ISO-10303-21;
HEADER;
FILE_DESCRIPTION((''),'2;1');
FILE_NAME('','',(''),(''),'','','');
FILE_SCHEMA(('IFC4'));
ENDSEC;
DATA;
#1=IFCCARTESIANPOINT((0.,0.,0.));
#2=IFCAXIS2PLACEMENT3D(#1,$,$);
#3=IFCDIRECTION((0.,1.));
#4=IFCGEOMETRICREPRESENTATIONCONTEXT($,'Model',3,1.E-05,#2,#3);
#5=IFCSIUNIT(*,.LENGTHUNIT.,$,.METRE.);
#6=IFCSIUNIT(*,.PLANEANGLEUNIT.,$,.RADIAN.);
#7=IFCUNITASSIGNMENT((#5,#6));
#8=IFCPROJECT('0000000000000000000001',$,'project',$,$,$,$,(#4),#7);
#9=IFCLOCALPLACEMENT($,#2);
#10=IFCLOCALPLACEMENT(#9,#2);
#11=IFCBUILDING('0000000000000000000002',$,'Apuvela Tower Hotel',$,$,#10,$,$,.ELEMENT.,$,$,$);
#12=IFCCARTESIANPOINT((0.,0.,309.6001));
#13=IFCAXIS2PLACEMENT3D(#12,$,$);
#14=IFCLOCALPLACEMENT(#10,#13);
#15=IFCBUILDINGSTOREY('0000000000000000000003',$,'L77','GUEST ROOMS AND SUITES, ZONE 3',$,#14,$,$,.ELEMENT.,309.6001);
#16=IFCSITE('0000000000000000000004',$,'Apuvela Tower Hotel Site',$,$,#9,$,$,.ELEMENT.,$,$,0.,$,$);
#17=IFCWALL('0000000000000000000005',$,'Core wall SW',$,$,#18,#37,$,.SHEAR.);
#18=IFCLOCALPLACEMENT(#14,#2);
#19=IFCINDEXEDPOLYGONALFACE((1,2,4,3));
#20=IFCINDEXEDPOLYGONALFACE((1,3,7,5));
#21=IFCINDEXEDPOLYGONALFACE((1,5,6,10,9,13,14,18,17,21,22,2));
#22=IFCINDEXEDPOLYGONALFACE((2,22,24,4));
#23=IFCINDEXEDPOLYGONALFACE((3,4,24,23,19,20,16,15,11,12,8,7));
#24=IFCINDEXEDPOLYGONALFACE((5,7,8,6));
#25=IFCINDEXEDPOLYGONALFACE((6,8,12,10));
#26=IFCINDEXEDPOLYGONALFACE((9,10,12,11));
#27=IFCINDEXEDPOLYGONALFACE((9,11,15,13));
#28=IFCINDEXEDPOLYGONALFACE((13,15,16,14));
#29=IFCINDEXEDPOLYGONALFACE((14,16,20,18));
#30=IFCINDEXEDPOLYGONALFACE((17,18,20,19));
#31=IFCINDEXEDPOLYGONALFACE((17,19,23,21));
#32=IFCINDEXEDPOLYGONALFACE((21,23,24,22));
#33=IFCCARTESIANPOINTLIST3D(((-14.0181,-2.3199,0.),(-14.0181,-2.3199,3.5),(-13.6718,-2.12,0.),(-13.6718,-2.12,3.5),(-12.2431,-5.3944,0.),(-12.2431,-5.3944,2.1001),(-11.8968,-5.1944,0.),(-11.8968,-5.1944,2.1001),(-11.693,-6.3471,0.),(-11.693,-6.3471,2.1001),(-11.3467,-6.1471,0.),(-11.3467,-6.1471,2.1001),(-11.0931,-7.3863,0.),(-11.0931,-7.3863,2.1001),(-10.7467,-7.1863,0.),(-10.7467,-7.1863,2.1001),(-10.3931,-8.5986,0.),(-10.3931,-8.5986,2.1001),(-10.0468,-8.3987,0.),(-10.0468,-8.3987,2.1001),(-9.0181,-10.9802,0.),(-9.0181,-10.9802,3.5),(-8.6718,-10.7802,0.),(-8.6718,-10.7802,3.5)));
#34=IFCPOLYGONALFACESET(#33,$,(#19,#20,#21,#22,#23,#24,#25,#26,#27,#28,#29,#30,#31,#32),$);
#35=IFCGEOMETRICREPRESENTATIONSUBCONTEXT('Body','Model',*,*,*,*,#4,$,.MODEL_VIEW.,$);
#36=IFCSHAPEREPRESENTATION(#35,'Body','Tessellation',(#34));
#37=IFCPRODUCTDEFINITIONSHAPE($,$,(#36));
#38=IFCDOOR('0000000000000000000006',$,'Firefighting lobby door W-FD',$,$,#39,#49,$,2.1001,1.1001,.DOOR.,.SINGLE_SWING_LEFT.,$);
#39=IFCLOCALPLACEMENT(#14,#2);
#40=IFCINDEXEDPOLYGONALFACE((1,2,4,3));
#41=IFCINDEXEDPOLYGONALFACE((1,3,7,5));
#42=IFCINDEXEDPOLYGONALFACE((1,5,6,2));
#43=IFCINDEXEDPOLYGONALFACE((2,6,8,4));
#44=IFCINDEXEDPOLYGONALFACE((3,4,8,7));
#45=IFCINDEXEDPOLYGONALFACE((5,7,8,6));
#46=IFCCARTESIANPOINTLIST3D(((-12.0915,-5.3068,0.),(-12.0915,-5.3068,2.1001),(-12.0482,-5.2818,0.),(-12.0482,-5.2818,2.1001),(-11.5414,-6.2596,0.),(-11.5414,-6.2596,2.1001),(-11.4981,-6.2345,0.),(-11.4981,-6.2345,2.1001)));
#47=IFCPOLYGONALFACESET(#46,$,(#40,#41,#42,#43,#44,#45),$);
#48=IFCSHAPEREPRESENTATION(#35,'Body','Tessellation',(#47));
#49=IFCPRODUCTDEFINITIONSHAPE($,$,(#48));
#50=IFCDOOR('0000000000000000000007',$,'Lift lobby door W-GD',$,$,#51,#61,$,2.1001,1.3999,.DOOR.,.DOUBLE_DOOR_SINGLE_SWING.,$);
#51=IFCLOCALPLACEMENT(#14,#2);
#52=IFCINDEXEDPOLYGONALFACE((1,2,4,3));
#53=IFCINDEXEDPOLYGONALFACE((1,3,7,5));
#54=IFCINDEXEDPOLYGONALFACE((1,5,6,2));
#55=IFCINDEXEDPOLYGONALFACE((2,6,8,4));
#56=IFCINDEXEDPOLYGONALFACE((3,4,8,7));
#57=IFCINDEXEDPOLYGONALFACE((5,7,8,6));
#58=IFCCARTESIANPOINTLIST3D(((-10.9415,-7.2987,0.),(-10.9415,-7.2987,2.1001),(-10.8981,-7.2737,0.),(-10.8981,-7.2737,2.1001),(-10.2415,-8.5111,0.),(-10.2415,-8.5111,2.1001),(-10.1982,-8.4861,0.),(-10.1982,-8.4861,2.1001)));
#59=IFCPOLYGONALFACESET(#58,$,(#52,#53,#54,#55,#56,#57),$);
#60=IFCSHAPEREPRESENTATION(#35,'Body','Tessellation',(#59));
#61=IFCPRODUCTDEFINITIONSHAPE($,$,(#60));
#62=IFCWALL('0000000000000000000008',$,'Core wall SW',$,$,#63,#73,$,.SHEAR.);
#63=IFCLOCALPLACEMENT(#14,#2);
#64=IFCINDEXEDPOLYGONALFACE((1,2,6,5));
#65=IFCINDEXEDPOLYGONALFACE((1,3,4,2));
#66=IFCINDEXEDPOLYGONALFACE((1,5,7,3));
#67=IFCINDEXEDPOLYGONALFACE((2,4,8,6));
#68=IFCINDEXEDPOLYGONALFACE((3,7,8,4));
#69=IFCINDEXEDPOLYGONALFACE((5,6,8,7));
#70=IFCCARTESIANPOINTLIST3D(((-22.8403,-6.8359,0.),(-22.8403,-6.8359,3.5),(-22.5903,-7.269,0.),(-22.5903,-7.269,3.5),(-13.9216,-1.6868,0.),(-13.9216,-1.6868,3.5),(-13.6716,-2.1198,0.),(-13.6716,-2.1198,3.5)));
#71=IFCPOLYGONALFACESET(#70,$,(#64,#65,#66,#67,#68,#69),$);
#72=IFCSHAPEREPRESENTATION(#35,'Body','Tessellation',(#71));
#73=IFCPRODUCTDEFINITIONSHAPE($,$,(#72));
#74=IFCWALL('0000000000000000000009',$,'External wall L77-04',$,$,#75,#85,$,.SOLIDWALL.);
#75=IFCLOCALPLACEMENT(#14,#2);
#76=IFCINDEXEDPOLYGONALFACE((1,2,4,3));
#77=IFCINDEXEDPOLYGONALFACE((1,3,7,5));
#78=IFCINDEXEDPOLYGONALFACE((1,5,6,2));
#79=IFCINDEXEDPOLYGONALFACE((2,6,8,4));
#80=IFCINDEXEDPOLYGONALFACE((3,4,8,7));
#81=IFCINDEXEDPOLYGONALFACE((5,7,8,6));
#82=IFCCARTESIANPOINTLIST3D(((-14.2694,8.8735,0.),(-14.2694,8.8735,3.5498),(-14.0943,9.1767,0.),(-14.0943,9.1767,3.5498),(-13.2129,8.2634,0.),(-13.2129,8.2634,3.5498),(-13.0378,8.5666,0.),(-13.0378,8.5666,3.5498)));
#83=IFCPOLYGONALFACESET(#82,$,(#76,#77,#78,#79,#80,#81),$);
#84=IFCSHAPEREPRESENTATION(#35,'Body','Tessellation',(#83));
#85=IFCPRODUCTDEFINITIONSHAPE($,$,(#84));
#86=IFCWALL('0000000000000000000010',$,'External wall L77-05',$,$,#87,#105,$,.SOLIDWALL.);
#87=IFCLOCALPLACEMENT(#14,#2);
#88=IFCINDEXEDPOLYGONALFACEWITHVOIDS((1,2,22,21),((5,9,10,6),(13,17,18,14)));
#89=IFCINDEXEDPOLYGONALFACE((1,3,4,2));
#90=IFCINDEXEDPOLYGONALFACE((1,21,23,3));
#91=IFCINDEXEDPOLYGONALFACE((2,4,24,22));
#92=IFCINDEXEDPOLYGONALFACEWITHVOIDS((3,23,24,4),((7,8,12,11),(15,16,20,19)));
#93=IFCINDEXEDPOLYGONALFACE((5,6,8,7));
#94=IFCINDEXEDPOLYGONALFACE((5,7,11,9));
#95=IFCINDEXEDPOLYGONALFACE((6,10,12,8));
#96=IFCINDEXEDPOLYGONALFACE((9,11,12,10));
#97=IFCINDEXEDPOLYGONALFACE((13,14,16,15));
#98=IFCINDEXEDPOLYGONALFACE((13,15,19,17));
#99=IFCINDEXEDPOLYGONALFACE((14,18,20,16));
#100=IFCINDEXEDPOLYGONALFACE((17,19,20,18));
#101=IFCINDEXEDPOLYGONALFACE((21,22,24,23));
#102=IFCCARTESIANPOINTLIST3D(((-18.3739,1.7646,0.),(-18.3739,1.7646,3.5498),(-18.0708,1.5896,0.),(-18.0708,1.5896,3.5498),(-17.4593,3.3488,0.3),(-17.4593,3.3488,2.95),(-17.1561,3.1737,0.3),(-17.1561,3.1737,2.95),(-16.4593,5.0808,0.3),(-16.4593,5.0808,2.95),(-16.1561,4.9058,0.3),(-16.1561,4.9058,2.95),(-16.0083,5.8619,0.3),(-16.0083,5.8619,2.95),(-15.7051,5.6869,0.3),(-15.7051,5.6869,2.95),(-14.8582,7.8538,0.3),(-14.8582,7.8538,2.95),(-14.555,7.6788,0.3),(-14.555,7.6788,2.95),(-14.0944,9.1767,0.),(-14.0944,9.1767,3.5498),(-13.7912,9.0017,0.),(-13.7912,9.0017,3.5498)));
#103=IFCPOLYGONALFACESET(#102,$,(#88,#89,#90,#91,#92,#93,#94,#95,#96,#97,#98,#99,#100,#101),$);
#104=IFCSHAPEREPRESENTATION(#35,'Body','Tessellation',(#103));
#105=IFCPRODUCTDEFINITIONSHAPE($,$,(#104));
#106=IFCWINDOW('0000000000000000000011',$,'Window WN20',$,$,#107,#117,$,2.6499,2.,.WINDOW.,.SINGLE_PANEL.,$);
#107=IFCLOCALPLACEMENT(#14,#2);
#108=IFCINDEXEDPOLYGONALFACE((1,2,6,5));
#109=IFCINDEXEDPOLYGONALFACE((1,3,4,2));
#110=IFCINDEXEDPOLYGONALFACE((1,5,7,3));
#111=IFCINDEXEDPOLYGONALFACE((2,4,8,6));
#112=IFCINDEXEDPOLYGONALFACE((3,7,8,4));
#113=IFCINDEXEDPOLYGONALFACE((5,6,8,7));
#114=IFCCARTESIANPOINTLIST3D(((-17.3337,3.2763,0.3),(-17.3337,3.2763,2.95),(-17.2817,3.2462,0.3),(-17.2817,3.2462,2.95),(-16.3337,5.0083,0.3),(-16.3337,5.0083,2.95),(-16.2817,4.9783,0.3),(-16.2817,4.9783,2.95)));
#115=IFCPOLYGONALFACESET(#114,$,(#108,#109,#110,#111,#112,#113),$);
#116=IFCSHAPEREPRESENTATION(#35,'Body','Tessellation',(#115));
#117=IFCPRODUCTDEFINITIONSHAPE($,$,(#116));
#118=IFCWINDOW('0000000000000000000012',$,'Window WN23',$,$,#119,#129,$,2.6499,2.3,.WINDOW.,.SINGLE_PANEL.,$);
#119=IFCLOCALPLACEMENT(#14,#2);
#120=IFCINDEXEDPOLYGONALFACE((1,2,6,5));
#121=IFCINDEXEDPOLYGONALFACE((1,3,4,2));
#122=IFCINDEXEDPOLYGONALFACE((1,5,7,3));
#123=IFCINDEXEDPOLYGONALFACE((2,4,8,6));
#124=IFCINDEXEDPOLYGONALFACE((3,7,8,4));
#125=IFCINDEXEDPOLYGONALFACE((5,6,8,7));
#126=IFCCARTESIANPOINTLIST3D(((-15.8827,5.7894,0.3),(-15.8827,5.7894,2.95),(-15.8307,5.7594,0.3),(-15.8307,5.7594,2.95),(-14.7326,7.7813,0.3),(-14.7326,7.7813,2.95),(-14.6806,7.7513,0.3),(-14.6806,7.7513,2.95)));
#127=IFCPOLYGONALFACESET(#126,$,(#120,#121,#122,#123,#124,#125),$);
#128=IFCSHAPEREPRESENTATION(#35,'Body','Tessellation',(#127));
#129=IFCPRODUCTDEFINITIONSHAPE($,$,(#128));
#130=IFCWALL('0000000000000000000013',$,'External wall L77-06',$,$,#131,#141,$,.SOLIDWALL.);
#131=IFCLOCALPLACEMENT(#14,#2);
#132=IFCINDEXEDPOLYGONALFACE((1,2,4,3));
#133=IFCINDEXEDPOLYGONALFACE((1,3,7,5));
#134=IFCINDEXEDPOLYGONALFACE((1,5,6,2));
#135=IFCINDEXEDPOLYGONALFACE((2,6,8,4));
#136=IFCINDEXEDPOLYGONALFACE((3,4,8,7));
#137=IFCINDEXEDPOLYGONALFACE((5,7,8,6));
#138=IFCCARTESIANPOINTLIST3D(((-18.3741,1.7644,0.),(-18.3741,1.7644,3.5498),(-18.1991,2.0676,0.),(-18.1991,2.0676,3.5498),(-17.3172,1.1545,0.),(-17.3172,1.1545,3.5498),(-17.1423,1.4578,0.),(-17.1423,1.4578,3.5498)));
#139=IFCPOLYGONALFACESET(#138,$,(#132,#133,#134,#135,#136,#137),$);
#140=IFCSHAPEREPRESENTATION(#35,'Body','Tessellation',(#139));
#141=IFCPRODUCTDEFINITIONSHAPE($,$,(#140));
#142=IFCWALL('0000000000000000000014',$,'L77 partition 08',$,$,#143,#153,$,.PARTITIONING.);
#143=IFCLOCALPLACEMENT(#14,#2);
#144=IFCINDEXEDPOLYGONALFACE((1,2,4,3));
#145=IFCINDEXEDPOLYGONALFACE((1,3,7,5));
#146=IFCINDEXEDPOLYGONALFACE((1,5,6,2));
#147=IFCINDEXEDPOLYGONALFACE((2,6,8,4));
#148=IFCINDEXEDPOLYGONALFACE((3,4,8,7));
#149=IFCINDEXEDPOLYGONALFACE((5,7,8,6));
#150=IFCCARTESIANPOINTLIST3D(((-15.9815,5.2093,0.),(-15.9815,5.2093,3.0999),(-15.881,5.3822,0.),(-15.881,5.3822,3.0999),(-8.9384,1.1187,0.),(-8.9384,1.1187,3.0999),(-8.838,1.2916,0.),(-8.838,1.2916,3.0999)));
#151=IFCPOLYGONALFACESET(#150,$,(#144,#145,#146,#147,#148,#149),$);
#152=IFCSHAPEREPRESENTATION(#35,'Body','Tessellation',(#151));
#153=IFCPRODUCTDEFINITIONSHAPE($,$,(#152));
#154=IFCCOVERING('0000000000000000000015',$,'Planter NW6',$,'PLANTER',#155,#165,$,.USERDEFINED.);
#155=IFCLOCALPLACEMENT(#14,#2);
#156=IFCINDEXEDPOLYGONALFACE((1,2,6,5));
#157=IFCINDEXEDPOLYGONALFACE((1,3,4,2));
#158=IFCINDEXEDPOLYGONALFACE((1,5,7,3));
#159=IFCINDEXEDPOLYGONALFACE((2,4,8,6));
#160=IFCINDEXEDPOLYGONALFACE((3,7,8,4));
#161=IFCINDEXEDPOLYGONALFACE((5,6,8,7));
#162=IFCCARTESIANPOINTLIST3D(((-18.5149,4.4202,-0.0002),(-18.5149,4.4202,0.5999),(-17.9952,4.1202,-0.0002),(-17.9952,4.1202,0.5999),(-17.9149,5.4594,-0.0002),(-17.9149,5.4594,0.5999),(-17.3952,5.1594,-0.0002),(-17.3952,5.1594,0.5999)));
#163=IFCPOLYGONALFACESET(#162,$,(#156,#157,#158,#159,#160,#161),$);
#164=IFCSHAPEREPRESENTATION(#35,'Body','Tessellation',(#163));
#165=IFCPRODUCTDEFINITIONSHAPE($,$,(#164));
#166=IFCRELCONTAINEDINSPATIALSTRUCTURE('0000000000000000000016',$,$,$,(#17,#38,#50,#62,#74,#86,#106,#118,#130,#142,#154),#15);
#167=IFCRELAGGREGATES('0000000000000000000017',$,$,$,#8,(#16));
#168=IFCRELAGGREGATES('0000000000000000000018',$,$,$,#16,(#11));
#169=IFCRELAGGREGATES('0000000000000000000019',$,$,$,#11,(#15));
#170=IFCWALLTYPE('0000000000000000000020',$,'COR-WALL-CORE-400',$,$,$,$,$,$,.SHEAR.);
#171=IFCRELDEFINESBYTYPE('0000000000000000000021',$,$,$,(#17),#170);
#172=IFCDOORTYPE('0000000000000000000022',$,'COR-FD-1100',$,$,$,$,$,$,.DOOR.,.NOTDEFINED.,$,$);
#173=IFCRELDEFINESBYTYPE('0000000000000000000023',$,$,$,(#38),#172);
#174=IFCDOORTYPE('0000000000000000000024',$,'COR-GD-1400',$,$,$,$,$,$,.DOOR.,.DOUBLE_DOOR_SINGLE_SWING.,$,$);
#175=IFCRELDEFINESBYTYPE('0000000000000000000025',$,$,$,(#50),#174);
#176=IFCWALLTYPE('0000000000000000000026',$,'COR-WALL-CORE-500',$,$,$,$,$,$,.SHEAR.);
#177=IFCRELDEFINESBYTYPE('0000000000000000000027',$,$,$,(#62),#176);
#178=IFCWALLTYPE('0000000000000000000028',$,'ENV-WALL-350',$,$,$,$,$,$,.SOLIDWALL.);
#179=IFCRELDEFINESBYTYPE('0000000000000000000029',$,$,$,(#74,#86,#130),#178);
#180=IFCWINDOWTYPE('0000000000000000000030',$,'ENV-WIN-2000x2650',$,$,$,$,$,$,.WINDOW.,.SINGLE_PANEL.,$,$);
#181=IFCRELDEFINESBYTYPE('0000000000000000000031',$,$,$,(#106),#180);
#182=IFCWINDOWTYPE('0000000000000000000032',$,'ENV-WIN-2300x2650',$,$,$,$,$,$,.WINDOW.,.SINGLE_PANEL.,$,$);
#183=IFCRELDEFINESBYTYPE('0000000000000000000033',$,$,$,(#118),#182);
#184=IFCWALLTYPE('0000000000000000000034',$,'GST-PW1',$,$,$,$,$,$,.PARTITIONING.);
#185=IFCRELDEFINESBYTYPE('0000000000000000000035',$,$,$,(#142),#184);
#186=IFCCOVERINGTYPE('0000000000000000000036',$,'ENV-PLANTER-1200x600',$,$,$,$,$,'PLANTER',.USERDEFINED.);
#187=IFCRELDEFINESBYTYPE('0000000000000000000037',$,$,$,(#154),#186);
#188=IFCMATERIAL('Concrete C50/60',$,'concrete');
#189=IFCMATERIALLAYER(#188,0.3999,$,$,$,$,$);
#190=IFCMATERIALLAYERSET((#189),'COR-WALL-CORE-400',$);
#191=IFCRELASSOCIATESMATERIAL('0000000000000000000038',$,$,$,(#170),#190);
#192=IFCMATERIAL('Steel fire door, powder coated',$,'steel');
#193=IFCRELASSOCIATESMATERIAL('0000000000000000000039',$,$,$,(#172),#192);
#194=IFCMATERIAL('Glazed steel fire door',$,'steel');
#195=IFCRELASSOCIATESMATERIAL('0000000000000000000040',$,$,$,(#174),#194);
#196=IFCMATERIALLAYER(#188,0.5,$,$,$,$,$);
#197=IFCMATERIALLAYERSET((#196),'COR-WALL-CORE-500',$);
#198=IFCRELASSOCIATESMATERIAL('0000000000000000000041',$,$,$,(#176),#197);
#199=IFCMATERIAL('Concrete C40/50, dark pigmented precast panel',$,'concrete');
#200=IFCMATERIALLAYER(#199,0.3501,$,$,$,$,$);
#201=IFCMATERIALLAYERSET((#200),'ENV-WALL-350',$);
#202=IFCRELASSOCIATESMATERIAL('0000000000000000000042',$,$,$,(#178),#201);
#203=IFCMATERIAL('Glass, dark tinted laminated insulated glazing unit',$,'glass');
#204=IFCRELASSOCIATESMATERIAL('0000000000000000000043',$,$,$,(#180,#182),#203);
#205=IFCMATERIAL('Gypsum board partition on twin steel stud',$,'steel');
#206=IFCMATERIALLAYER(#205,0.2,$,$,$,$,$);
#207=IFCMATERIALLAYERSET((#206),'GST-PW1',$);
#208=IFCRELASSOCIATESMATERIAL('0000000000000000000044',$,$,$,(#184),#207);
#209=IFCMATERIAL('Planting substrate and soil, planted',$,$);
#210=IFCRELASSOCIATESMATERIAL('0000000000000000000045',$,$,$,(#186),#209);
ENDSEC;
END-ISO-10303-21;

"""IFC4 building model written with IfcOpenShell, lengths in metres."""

from ifc_helpers import new_model, si_unit, direction, frame, frame_2d, origin, origin_2d, place, context, subcontext, project, spatial, rectangle, extrude, material, layer, layer_set, type_object, element, fill, save


model = new_model("IFC4")

# Units and contexts
model_context = context("Model", 3, precision=1e-05, world=origin(), true_north=direction((0.0, 1.0)))
body_context = subcontext(model_context, "Body", "Model", "MODEL_VIEW")
ifc_project = project(units=[si_unit("LENGTHUNIT", "METRE"), si_unit("PLANEANGLEUNIT", "RADIAN")], contexts=[model_context])

# Site, building, storey
site_placement = place(None, origin())
site = spatial("IfcSite", under=ifc_project, at=site_placement, Name="Apuvela Tower Hotel Site", CompositionType="ELEMENT", RefElevation=0.0)
building_placement = place(site_placement, origin())
building = spatial("IfcBuilding", under=site, at=building_placement, Name="Apuvela Tower Hotel", CompositionType="ELEMENT")
storey_placement = place(building_placement, frame((0.0, 0.0, 309.6001)))
storey = spatial("IfcBuildingStorey", under=building, at=storey_placement, Name="L77", Description="GUEST ROOMS AND SUITES, ZONE 3", CompositionType="ELEMENT", Elevation=309.6001)

# Wall, openings, doors
ifc_material_1 = material(Name="Concrete C50/60", Category="concrete")
ifc_layer_1 = layer(ifc_material_1, 0.3999)
ifc_layer_set_1 = layer_set([ifc_layer_1], Name="COR-WALL-CORE-400")
wall_type_1 = type_object("IfcWallType", Name="COR-WALL-CORE-400", PredefinedType="SHEAR", material=ifc_layer_set_1)
wall_1_placement = place(storey_placement, frame((-13.845, -2.22, 0.0), z_axis=(0.0, 0.0, 1.0), x_axis=(0.500004, -0.866023, 0.0)))
wall_1 = element("IfcWall", 1, at=wall_1_placement, inside=storey, type_object=wall_type_1, Name="Core wall SW", PredefinedType="SHEAR", context=body_context, shape_type="SweptSolid", body=[
    extrude(rectangle(XDim=10.0, YDim=0.3999, at=frame_2d((5.0, 0.0))), origin(), (0.0, 0.0, 1.0), 3.5),
])
opening_1_placement = place(wall_1_placement, frame((3.55, 0.0, 0.0)))
opening_1 = element("IfcOpeningElement", 2, at=opening_1_placement, cuts=wall_1, PredefinedType="OPENING", context=body_context, shape_type="SweptSolid", body=[
    extrude(rectangle(XDim=1.1001, YDim=2.1001, at=frame_2d((0.55, 1.05))), frame((0.0, 0.21, 0.0), z_axis=(0.0, -1.0, 0.0), x_axis=(1.0, 0.0, 0.0)), (0.0, 0.0, 1.0), 0.4199),
])
opening_2_placement = place(wall_1_placement, frame((5.8501, 0.0, 0.0)))
opening_2 = element("IfcOpeningElement", 3, at=opening_2_placement, cuts=wall_1, PredefinedType="OPENING", context=body_context, shape_type="SweptSolid", body=[
    extrude(rectangle(XDim=1.3999, YDim=2.1001, at=frame_2d((0.7, 1.05))), frame((0.0, 0.21, 0.0), z_axis=(0.0, -1.0, 0.0), x_axis=(1.0, 0.0, 0.0)), (0.0, 0.0, 1.0), 0.4199),
])
ifc_material_2 = material(Name="Steel fire door, powder coated", Category="steel")
door_type_1 = type_object("IfcDoorType", Name="COR-FD-1100", OperationType="NOTDEFINED", PredefinedType="DOOR", material=ifc_material_2)
door_1_placement = place(opening_1_placement, frame((1.1001, 0.0, 0.0), z_axis=(0.0, 0.0, 1.0), x_axis=(-1.0, 0.0, 0.0)))
door_1 = element("IfcDoor", 4, at=door_1_placement, inside=storey, type_object=door_type_1, Name="Firefighting lobby door W-FD", OperationType="SINGLE_SWING_LEFT", OverallHeight=2.1001, OverallWidth=1.1001, PredefinedType="DOOR", context=body_context, shape_type="SweptSolid", body=[
    extrude(rectangle(XDim=1.1001, YDim=2.1001, at=frame_2d((0.55, 1.05))), frame((0.0, 0.0249, 0.0), z_axis=(0.0, -1.0, 0.0), x_axis=(1.0, 0.0, 0.0)), (0.0, 0.0, 1.0), 0.05),
])
fill(opening_1, door_1)
ifc_material_3 = material(Name="Glazed steel fire door", Category="steel")
door_type_2 = type_object("IfcDoorType", Name="COR-GD-1400", OperationType="DOUBLE_DOOR_SINGLE_SWING", PredefinedType="DOOR", material=ifc_material_3)
door_2_placement = place(opening_2_placement, frame((1.3999, 0.0, 0.0), z_axis=(0.0, 0.0, 1.0), x_axis=(-1.0, 0.0, 0.0)))
door_2 = element("IfcDoor", 5, at=door_2_placement, inside=storey, type_object=door_type_2, Name="Lift lobby door W-GD", OperationType="DOUBLE_DOOR_SINGLE_SWING", OverallHeight=2.1001, OverallWidth=1.3999, PredefinedType="DOOR", context=body_context, shape_type="SweptSolid", body=[
    extrude(rectangle(XDim=1.3999, YDim=2.1001, at=frame_2d((0.7, 1.05))), frame((0.0, 0.0249, 0.0), z_axis=(0.0, -1.0, 0.0), x_axis=(1.0, 0.0, 0.0)), (0.0, 0.0, 1.0), 0.05),
])
fill(opening_2, door_2)

# Walls
ifc_layer_2 = layer(ifc_material_1, 0.5)
ifc_layer_set_2 = layer_set([ifc_layer_2], Name="COR-WALL-CORE-500")
wall_type_2 = type_object("IfcWallType", Name="COR-WALL-CORE-500", PredefinedType="SHEAR", material=ifc_layer_set_2)
wall_2_placement = place(storey_placement, frame((-13.7966, -1.9033, 0.0), z_axis=(0.0, 0.0, 1.0), x_axis=(-0.866027, -0.499997, 0.0)))
element("IfcWall", 6, at=wall_2_placement, inside=storey, type_object=wall_type_2, Name="Core wall SW", PredefinedType="SHEAR", context=body_context, shape_type="SweptSolid", body=[
    extrude(rectangle(XDim=10.2983, YDim=0.5, at=frame_2d((5.1492, 0.0))), origin(), (0.0, 0.0, 1.0), 3.5),
])
ifc_material_4 = material(Name="Concrete C40/50, dark pigmented precast panel", Category="concrete")
ifc_layer_3 = layer(ifc_material_4, 0.3501)
ifc_layer_set_3 = layer_set([ifc_layer_3], Name="ENV-WALL-350")
wall_type_3 = type_object("IfcWallType", Name="ENV-WALL-350", PredefinedType="SOLIDWALL", material=ifc_layer_set_3)
wall_3_placement = place(storey_placement, frame((-13.1255, 8.415, 0.0), z_axis=(0.0, 0.0, 1.0), x_axis=(-0.865956, 0.500121, 0.0)))
element("IfcWall", 7, at=wall_3_placement, inside=storey, type_object=wall_type_3, Name="External wall L77-04", PredefinedType="SOLIDWALL", context=body_context, shape_type="SweptSolid", body=[
    extrude(rectangle(XDim=1.22, YDim=0.3501, at=frame_2d((0.6099, 0.0))), origin(), (0.0, 0.0, 1.0), 3.5498),
])

# Wall, openings, windows
wall_4_placement = place(storey_placement, frame((-13.9429, 9.0891, 0.0), z_axis=(0.0, 0.0, 1.0), x_axis=(-0.500014, -0.866017, 0.0)))
wall_4 = element("IfcWall", 8, at=wall_4_placement, inside=storey, type_object=wall_type_3, Name="External wall L77-05", PredefinedType="SOLIDWALL", context=body_context, shape_type="SweptSolid", body=[
    extrude(rectangle(XDim=8.5588, YDim=0.3501, at=frame_2d((4.2793, 0.0))), origin(), (0.0, 0.0, 1.0), 3.5498),
])
opening_3_placement = place(wall_4_placement, frame((1.5276, 0.0, 0.3)))
opening_3 = element("IfcOpeningElement", 9, at=opening_3_placement, cuts=wall_4, PredefinedType="OPENING", context=body_context, shape_type="SweptSolid", body=[
    extrude(rectangle(XDim=2.3, YDim=2.6499, at=frame_2d((1.1499, 1.325))), frame((0.0, 0.1851, 0.0), z_axis=(0.0, -1.0, 0.0), x_axis=(1.0, 0.0, 0.0)), (0.0, 0.0, 1.0), 0.3701),
])
opening_4_placement = place(wall_4_placement, frame((4.7295, 0.0, 0.3)))
opening_4 = element("IfcOpeningElement", 10, at=opening_4_placement, cuts=wall_4, PredefinedType="OPENING", context=body_context, shape_type="SweptSolid", body=[
    extrude(rectangle(XDim=2.0, YDim=2.6499, at=frame_2d((1.0, 1.325))), frame((0.0, 0.1851, 0.0), z_axis=(0.0, -1.0, 0.0), x_axis=(1.0, 0.0, 0.0)), (0.0, 0.0, 1.0), 0.3701),
])
ifc_material_5 = material(Name="Glass, dark tinted laminated insulated glazing unit", Category="glass")
window_type_1 = type_object("IfcWindowType", Name="ENV-WIN-2000x2650", PartitioningType="SINGLE_PANEL", PredefinedType="WINDOW", material=ifc_material_5)
window_1_placement = place(opening_4_placement, origin())
window_1 = element("IfcWindow", 11, at=window_1_placement, inside=storey, type_object=window_type_1, Name="Window WN20", OverallHeight=2.6499, OverallWidth=2.0, PartitioningType="SINGLE_PANEL", PredefinedType="WINDOW", context=body_context, shape_type="SweptSolid", body=[
    extrude(rectangle(XDim=2.0, YDim=2.6499, at=frame_2d((1.0, 1.325))), frame((0.0, 0.03, 0.0), z_axis=(0.0, -1.0, 0.0), x_axis=(1.0, 0.0, 0.0)), (0.0, 0.0, 1.0), 0.0601),
])
fill(opening_4, window_1)
window_type_2 = type_object("IfcWindowType", Name="ENV-WIN-2300x2650", PartitioningType="SINGLE_PANEL", PredefinedType="WINDOW", material=ifc_material_5)
window_2_placement = place(opening_3_placement, origin())
window_2 = element("IfcWindow", 12, at=window_2_placement, inside=storey, type_object=window_type_2, Name="Window WN23", OverallHeight=2.6499, OverallWidth=2.3, PartitioningType="SINGLE_PANEL", PredefinedType="WINDOW", context=body_context, shape_type="SweptSolid", body=[
    extrude(rectangle(XDim=2.3, YDim=2.6499, at=frame_2d((1.1499, 1.325))), frame((0.0, 0.03, 0.0), z_axis=(0.0, -1.0, 0.0), x_axis=(1.0, 0.0, 0.0)), (0.0, 0.0, 1.0), 0.0601),
])
fill(opening_3, window_2)

# Wall
wall_5_placement = place(storey_placement, frame((-18.2866, 1.916, 0.0), z_axis=(0.0, 0.0, 1.0), x_axis=(0.866142, -0.499798, 0.0)))
element("IfcWall", 13, at=wall_5_placement, inside=storey, type_object=wall_type_3, Name="External wall L77-06", PredefinedType="SOLIDWALL", context=body_context, shape_type="SweptSolid", body=[
    extrude(rectangle(XDim=1.2202, YDim=0.3501, at=frame_2d((0.6101, 0.0))), origin(), (0.0, 0.0, 1.0), 3.5498),
])

# Wall
ifc_material_6 = material(Name="Gypsum board partition on twin steel stud", Category="steel")
ifc_layer_4 = layer(ifc_material_6, 0.2)
ifc_layer_set_4 = layer_set([ifc_layer_4], Name="GST-PW1")
wall_type_4 = type_object("IfcWallType", Name="GST-PW1", PredefinedType="PARTITIONING", material=ifc_layer_set_4)
wall_6_placement = place(storey_placement, frame((-15.9312, 5.2957, 0.0), z_axis=(0.0, 0.0, 1.0), x_axis=(0.86473, -0.502237, 0.0)))
element("IfcWall", 14, at=wall_6_placement, inside=storey, type_object=wall_type_4, Name="L77 partition 08", PredefinedType="PARTITIONING", context=body_context, shape_type="SweptSolid", body=[
    extrude(rectangle(XDim=8.1448, YDim=0.2, at=frame_2d((4.0723, 0.0))), origin(), (0.0, 0.0, 1.0), 3.0999),
])

# Covering
ifc_material_7 = material(Name="Planting substrate and soil, planted")
covering_type = type_object("IfcCoveringType", Name="ENV-PLANTER-1200x600", ElementType="PLANTER", PredefinedType="USERDEFINED", material=ifc_material_7)
covering_placement = place(storey_placement, frame((-17.9551, 4.7898, -0.0002), z_axis=(0.0, 0.0, 1.0), x_axis=(-0.5, -0.866025, 0.0)))
element("IfcCovering", 15, at=covering_placement, inside=storey, type_object=covering_type, Name="Planter NW6", ObjectType="PLANTER", PredefinedType="USERDEFINED", context=body_context, shape_type="SweptSolid", body=[
    extrude(rectangle(XDim=1.2, YDim=0.6001, at=origin_2d()), origin(), (0.0, 0.0, 1.0), 0.6001),
])

save(model, "model.ifc")
